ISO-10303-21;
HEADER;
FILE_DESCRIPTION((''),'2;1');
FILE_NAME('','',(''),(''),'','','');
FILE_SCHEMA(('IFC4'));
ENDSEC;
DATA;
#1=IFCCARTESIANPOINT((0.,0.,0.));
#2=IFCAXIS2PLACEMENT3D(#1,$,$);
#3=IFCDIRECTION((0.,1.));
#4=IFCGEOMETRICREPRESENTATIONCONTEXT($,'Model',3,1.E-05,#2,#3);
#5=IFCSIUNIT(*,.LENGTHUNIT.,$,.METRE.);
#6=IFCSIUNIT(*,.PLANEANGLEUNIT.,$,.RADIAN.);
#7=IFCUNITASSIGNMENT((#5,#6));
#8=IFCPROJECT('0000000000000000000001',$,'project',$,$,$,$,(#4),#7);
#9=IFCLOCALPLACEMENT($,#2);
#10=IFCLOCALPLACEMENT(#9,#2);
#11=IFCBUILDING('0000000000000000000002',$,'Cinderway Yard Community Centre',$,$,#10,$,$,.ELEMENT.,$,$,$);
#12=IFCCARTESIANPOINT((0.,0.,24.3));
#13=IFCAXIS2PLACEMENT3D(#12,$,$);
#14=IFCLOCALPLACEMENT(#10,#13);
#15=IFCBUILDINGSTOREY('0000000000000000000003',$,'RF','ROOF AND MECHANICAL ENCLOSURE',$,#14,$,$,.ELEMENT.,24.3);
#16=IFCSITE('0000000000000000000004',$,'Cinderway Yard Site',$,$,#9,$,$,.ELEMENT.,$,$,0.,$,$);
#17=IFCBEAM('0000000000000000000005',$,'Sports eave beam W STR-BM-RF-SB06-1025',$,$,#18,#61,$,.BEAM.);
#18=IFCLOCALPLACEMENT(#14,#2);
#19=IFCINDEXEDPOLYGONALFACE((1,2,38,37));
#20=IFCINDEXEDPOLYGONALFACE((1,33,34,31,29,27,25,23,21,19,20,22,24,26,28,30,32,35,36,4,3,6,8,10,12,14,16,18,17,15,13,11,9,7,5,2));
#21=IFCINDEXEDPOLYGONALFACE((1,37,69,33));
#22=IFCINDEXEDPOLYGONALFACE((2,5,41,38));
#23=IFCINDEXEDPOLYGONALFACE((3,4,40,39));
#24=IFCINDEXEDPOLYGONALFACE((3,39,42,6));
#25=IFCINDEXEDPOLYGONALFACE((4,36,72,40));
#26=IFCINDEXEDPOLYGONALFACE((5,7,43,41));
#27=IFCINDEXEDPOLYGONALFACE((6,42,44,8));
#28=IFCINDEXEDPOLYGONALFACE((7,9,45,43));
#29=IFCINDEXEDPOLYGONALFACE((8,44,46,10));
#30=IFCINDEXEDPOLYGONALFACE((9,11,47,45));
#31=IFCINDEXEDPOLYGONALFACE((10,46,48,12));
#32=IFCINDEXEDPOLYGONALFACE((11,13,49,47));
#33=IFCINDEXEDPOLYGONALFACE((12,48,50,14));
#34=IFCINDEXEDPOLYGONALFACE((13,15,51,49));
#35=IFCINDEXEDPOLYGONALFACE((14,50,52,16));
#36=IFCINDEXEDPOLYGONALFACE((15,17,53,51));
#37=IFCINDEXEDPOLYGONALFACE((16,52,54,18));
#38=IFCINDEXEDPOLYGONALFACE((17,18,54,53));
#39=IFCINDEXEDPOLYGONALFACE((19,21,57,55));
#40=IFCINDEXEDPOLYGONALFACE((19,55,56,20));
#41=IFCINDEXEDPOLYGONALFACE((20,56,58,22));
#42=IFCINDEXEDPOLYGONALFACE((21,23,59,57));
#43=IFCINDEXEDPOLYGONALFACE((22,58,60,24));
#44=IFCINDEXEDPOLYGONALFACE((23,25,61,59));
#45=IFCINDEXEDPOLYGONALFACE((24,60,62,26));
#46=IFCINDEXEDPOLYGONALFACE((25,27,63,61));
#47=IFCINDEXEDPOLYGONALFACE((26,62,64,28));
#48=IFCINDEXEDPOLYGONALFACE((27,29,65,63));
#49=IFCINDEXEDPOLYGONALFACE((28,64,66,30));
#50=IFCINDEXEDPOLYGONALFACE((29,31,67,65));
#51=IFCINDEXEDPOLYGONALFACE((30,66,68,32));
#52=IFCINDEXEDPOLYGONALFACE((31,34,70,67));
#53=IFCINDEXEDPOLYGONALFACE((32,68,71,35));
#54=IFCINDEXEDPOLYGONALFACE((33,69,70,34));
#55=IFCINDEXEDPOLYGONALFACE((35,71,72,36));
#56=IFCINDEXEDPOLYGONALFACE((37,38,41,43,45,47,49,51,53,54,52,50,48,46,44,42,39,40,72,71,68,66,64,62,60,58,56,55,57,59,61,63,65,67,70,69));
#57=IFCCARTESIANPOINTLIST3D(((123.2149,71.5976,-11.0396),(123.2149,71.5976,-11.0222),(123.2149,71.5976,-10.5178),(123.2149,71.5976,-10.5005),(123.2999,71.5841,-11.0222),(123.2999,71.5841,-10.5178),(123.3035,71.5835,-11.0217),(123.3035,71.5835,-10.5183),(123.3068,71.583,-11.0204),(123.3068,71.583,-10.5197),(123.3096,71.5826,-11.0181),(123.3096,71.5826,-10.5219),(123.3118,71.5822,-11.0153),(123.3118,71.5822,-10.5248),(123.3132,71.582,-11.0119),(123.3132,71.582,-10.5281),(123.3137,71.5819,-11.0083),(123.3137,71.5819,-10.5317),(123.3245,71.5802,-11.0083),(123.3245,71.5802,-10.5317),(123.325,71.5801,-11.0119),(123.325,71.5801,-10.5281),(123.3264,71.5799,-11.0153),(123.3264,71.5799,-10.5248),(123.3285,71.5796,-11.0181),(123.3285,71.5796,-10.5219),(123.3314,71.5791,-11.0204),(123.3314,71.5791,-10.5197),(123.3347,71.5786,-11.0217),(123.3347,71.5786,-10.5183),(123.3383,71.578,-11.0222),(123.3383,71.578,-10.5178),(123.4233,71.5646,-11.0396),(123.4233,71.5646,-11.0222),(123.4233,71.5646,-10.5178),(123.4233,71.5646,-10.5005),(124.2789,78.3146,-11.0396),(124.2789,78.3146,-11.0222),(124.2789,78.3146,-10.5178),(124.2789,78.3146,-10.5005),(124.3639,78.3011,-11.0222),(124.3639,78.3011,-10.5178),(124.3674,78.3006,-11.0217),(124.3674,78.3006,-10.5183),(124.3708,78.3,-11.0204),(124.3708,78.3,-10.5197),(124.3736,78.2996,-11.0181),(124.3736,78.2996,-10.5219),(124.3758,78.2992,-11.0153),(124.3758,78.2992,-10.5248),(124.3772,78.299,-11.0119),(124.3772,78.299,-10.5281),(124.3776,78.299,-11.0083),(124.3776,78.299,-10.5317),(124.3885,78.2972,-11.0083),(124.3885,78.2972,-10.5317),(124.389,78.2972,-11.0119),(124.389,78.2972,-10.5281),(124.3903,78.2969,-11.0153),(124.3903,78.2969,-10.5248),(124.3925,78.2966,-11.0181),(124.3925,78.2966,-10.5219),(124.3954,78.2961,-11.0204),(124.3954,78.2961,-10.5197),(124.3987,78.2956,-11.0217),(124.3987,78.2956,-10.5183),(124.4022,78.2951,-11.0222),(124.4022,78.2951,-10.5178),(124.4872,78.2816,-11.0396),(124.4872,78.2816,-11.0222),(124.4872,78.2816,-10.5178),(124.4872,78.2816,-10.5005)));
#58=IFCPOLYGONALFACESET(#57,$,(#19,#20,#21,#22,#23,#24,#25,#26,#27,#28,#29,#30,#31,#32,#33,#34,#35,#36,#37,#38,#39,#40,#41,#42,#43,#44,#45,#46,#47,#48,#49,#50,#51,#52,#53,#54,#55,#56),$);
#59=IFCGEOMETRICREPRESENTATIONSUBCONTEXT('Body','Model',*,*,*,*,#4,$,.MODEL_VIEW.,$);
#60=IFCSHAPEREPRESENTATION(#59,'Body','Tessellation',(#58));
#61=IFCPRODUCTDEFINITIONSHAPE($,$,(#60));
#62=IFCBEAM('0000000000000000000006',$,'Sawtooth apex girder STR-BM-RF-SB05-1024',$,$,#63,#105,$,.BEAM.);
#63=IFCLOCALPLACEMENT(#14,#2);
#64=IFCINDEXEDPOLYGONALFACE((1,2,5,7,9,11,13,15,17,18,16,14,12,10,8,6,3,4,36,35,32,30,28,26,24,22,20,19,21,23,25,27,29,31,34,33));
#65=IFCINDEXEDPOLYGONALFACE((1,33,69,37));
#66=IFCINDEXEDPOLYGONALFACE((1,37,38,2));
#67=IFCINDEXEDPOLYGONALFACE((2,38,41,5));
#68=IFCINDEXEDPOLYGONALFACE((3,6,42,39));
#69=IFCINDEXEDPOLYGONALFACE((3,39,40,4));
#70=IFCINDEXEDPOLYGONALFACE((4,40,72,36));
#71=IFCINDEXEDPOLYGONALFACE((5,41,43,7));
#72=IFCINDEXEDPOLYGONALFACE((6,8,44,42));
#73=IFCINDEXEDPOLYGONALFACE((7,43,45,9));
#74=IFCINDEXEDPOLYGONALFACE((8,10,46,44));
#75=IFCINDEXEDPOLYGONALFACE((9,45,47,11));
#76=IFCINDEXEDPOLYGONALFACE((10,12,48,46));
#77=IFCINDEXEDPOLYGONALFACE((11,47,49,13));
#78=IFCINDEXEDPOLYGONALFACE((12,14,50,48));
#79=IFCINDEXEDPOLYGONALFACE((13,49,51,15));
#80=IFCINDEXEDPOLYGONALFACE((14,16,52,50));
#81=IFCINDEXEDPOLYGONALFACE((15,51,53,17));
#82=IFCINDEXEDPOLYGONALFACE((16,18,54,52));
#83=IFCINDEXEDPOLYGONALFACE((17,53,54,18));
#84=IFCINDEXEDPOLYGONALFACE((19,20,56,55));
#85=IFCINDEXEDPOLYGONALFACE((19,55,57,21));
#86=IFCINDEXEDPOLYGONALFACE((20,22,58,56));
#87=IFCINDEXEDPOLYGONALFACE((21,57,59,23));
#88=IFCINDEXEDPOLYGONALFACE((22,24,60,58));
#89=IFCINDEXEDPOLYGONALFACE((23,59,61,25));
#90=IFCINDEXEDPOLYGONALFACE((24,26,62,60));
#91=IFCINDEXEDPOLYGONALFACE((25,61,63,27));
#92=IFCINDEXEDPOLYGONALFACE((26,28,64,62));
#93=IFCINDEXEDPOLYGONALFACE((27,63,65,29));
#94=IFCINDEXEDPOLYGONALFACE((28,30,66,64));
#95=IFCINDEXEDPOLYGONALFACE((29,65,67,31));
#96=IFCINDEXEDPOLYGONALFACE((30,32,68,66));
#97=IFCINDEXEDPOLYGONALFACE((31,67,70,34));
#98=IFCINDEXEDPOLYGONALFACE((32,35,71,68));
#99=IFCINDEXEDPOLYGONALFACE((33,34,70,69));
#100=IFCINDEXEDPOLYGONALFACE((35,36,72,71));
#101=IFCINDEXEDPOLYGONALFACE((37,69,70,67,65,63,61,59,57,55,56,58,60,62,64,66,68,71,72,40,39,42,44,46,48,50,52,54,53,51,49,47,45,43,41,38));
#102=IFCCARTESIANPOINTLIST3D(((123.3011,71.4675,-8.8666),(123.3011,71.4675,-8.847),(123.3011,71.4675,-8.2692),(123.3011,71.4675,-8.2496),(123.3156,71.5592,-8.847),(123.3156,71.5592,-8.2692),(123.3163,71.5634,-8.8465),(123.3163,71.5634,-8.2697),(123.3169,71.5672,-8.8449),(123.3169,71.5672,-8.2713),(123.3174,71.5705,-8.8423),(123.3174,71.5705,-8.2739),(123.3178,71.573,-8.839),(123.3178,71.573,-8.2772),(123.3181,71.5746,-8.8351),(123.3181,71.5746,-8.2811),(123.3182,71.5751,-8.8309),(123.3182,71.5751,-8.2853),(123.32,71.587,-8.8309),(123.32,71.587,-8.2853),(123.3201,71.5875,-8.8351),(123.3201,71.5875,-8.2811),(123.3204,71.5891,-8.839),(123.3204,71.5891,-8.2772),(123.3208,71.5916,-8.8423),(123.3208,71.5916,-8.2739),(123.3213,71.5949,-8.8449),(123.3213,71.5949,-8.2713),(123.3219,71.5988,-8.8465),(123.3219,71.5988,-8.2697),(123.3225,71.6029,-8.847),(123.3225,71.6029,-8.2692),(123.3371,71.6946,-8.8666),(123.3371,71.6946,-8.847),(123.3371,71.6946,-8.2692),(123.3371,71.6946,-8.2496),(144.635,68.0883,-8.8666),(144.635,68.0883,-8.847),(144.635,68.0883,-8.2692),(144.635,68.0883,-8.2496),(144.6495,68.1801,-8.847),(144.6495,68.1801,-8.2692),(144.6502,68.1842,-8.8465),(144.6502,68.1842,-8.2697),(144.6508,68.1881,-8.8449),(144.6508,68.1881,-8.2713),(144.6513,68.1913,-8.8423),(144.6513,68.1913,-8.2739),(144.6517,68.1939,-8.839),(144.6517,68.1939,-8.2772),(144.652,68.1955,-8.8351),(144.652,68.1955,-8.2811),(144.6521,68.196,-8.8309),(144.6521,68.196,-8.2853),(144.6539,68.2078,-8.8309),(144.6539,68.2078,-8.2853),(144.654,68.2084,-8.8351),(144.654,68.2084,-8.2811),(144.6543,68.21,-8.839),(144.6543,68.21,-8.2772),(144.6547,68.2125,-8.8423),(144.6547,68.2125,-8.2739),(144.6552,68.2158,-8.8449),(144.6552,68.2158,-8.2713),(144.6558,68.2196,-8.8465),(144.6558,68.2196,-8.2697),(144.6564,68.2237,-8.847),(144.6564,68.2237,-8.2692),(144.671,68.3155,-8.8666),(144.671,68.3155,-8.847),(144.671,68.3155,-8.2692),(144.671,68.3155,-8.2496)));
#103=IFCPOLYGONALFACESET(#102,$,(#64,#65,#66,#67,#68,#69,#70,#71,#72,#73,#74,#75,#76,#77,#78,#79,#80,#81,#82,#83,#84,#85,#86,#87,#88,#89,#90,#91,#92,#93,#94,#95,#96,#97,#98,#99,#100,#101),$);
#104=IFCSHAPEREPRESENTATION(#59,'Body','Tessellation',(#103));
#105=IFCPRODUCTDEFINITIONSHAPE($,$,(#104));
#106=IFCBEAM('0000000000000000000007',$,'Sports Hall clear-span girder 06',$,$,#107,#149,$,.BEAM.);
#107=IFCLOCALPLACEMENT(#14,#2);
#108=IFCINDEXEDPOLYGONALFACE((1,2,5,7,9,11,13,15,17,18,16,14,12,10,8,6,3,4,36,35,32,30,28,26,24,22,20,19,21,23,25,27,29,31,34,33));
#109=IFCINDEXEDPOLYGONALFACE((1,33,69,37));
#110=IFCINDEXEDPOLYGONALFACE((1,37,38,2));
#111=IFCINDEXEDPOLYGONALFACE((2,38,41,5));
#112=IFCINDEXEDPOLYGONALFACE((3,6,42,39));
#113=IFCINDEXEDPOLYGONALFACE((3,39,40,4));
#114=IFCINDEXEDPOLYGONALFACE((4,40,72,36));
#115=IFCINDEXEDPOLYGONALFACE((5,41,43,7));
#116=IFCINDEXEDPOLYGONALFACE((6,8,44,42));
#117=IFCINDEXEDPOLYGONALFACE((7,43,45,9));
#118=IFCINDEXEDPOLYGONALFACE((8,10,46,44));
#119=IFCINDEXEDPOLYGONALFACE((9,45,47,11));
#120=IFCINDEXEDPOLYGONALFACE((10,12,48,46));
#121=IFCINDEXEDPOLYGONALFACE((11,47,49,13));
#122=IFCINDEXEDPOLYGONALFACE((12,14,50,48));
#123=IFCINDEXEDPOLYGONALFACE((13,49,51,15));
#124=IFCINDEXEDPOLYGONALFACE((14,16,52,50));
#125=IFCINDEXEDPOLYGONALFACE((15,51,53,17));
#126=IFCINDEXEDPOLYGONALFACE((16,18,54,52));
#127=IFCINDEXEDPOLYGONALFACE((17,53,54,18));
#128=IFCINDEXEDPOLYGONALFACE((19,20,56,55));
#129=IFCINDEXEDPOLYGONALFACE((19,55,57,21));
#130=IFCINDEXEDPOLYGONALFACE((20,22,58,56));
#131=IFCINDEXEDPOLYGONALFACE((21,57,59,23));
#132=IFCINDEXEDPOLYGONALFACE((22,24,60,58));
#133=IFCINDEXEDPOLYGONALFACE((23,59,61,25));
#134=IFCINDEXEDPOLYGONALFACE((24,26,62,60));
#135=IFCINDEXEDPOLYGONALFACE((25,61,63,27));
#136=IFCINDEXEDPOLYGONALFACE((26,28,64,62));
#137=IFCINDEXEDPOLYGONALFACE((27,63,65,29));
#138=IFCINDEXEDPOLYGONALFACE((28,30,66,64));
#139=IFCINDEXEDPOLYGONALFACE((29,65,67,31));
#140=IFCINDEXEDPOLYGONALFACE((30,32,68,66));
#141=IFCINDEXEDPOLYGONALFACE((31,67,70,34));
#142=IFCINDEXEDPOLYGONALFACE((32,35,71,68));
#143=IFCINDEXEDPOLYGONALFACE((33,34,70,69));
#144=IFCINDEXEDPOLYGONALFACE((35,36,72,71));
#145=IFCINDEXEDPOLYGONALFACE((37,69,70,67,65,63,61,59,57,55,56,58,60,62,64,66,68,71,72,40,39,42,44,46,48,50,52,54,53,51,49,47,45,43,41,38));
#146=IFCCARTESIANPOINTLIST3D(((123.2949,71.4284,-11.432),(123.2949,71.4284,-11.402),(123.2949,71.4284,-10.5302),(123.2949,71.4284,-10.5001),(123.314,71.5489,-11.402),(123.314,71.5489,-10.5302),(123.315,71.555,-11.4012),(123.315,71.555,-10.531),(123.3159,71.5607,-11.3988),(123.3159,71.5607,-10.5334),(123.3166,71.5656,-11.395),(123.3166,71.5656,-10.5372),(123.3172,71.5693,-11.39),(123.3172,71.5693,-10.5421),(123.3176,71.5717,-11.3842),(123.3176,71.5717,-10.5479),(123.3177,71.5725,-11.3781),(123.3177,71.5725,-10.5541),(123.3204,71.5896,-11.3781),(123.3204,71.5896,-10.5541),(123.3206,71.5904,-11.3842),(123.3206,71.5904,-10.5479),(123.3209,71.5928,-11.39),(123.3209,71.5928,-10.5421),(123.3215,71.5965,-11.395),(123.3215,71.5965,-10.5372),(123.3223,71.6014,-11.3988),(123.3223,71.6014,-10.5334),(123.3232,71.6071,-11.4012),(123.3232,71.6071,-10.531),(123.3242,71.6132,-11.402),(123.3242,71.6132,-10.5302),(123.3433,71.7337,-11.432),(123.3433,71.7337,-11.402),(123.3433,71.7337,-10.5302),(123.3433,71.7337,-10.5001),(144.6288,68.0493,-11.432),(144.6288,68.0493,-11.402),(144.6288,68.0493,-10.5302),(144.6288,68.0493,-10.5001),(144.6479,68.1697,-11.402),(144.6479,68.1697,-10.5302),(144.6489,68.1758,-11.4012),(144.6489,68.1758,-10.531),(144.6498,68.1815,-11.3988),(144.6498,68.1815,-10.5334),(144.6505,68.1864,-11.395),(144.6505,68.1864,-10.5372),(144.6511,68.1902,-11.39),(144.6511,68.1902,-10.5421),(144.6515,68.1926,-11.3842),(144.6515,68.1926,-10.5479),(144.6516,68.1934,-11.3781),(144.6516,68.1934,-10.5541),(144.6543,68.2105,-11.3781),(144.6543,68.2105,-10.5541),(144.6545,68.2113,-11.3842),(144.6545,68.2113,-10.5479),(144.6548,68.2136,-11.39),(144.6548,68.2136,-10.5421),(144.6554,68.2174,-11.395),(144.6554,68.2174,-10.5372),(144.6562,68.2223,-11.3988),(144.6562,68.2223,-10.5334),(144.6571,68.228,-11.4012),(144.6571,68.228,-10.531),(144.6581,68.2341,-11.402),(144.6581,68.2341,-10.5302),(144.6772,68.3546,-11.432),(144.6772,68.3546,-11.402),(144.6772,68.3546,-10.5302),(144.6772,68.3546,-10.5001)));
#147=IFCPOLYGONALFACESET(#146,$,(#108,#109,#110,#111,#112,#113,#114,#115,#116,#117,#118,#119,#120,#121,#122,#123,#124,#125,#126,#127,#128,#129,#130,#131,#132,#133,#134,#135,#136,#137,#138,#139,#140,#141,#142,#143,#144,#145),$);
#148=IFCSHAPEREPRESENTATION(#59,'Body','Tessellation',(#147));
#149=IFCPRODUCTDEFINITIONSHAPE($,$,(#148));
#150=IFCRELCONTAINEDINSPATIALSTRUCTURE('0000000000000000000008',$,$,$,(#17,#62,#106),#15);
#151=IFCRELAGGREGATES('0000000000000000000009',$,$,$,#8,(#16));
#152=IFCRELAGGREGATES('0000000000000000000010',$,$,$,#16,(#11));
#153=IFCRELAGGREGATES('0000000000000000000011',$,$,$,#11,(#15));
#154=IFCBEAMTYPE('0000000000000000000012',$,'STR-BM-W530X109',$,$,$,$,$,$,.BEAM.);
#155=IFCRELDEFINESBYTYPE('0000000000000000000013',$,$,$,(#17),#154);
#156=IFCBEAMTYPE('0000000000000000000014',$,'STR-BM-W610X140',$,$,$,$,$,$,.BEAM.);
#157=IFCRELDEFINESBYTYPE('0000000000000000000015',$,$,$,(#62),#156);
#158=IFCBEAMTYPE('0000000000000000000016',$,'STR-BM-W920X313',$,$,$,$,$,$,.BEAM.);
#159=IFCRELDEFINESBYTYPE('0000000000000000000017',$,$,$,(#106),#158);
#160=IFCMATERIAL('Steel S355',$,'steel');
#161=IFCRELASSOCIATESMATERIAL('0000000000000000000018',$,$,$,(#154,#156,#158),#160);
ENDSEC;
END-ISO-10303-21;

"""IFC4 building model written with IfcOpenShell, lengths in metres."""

from ifc_helpers import new_model, si_unit, direction, frame, origin, origin_2d, place, context, subcontext, project, spatial, i_section, extrude, material, material_profile, profile_set, type_object, element, save


model = new_model("IFC4")

# Units and contexts
model_context = context("Model", 3, precision=1e-05, world=origin(), true_north=direction((0.0, 1.0)))
body_context = subcontext(model_context, "Body", "Model", "MODEL_VIEW")
ifc_project = project(units=[si_unit("LENGTHUNIT", "METRE"), si_unit("PLANEANGLEUNIT", "RADIAN")], contexts=[model_context])

# Site, building, storey
site_placement = place(None, origin())
site = spatial("IfcSite", under=ifc_project, at=site_placement, Name="Cinderway Yard Site", CompositionType="ELEMENT", RefElevation=0.0)
building_placement = place(site_placement, origin())
building = spatial("IfcBuilding", under=site, at=building_placement, Name="Cinderway Yard Community Centre", CompositionType="ELEMENT")
storey_placement = place(building_placement, frame((0.0, 0.0, 24.3)))
storey = spatial("IfcBuildingStorey", under=building, at=storey_placement, Name="RF", Description="ROOF AND MECHANICAL ENCLOSURE", CompositionType="ELEMENT", Elevation=24.3)

# Shared definitions
ifc_material_1 = material(Name="Steel S355", Category="steel")

# Beams
ifc_material_profile_1 = material_profile(ifc_material_1, i_section(OverallWidth=0.2109, OverallDepth=0.5391, WebThickness=0.011, FlangeThickness=0.0173, FilletRadius=0.0139, at=origin_2d()), Name="Steel S355")
ifc_profile_set_1 = profile_set([ifc_material_profile_1], Name="Steel S355")
beam_type_1 = type_object("IfcBeamType", Name="STR-BM-W530X109", PredefinedType="BEAM", material=ifc_profile_set_1)
beam_1_placement = place(storey_placement, frame((123.3191, 71.5811, -10.77), z_axis=(0.156447, 0.987686, 0.0), x_axis=(-0.987686, 0.156447, 0.0)))
element("IfcBeam", 1, at=beam_1_placement, inside=storey, type_object=beam_type_1, Name="Sports eave beam W STR-BM-RF-SB06-1025", PredefinedType="BEAM", context=body_context, shape_type="SweptSolid", body=[
    extrude(i_section(OverallWidth=0.2109, OverallDepth=0.5391, WebThickness=0.011, FlangeThickness=0.0173, FilletRadius=0.0139, at=origin_2d()), origin(), (0.0, 0.0, 1.0), 6.8008),
])
ifc_material_profile_2 = material_profile(ifc_material_1, i_section(OverallWidth=0.23, OverallDepth=0.6169, WebThickness=0.012, FlangeThickness=0.0195, FilletRadius=0.0161, at=origin_2d()), Name="Steel S355")
ifc_profile_set_2 = profile_set([ifc_material_profile_2], Name="Steel S355")
beam_type_2 = type_object("IfcBeamType", Name="STR-BM-W610X140", PredefinedType="BEAM", material=ifc_profile_set_2)
beam_2_placement = place(storey_placement, frame((123.3191, 71.5811, -8.5581), z_axis=(0.987687, -0.156443, 0.0), x_axis=(0.156443, 0.987687, 0.0)))
element("IfcBeam", 2, at=beam_2_placement, inside=storey, type_object=beam_type_2, Name="Sawtooth apex girder STR-BM-RF-SB05-1024", PredefinedType="BEAM", context=body_context, shape_type="SweptSolid", body=[
    extrude(i_section(OverallWidth=0.23, OverallDepth=0.6169, WebThickness=0.012, FlangeThickness=0.0195, FilletRadius=0.0161, at=origin_2d()), origin(), (0.0, 0.0, 1.0), 21.5999),
])
ifc_material_profile_3 = material_profile(ifc_material_1, i_section(OverallWidth=0.3091, OverallDepth=0.9319, WebThickness=0.0173, FlangeThickness=0.03, FilletRadius=0.0239, at=origin_2d()), Name="Steel S355")
ifc_profile_set_3 = profile_set([ifc_material_profile_3], Name="Steel S355")
beam_type_3 = type_object("IfcBeamType", Name="STR-BM-W920X313", PredefinedType="BEAM", material=ifc_profile_set_3)
beam_3_placement = place(storey_placement, frame((123.3191, 71.5811, -10.9661), z_axis=(0.987687, -0.156443, 0.0), x_axis=(0.156443, 0.987687, 0.0)))
element("IfcBeam", 3, at=beam_3_placement, inside=storey, type_object=beam_type_3, Name="Sports Hall clear-span girder 06", PredefinedType="BEAM", context=body_context, shape_type="SweptSolid", body=[
    extrude(i_section(OverallWidth=0.3091, OverallDepth=0.9319, WebThickness=0.0173, FlangeThickness=0.03, FilletRadius=0.0239, at=origin_2d()), origin(), (0.0, 0.0, 1.0), 21.5999),
])

save(model, "model.ifc")
